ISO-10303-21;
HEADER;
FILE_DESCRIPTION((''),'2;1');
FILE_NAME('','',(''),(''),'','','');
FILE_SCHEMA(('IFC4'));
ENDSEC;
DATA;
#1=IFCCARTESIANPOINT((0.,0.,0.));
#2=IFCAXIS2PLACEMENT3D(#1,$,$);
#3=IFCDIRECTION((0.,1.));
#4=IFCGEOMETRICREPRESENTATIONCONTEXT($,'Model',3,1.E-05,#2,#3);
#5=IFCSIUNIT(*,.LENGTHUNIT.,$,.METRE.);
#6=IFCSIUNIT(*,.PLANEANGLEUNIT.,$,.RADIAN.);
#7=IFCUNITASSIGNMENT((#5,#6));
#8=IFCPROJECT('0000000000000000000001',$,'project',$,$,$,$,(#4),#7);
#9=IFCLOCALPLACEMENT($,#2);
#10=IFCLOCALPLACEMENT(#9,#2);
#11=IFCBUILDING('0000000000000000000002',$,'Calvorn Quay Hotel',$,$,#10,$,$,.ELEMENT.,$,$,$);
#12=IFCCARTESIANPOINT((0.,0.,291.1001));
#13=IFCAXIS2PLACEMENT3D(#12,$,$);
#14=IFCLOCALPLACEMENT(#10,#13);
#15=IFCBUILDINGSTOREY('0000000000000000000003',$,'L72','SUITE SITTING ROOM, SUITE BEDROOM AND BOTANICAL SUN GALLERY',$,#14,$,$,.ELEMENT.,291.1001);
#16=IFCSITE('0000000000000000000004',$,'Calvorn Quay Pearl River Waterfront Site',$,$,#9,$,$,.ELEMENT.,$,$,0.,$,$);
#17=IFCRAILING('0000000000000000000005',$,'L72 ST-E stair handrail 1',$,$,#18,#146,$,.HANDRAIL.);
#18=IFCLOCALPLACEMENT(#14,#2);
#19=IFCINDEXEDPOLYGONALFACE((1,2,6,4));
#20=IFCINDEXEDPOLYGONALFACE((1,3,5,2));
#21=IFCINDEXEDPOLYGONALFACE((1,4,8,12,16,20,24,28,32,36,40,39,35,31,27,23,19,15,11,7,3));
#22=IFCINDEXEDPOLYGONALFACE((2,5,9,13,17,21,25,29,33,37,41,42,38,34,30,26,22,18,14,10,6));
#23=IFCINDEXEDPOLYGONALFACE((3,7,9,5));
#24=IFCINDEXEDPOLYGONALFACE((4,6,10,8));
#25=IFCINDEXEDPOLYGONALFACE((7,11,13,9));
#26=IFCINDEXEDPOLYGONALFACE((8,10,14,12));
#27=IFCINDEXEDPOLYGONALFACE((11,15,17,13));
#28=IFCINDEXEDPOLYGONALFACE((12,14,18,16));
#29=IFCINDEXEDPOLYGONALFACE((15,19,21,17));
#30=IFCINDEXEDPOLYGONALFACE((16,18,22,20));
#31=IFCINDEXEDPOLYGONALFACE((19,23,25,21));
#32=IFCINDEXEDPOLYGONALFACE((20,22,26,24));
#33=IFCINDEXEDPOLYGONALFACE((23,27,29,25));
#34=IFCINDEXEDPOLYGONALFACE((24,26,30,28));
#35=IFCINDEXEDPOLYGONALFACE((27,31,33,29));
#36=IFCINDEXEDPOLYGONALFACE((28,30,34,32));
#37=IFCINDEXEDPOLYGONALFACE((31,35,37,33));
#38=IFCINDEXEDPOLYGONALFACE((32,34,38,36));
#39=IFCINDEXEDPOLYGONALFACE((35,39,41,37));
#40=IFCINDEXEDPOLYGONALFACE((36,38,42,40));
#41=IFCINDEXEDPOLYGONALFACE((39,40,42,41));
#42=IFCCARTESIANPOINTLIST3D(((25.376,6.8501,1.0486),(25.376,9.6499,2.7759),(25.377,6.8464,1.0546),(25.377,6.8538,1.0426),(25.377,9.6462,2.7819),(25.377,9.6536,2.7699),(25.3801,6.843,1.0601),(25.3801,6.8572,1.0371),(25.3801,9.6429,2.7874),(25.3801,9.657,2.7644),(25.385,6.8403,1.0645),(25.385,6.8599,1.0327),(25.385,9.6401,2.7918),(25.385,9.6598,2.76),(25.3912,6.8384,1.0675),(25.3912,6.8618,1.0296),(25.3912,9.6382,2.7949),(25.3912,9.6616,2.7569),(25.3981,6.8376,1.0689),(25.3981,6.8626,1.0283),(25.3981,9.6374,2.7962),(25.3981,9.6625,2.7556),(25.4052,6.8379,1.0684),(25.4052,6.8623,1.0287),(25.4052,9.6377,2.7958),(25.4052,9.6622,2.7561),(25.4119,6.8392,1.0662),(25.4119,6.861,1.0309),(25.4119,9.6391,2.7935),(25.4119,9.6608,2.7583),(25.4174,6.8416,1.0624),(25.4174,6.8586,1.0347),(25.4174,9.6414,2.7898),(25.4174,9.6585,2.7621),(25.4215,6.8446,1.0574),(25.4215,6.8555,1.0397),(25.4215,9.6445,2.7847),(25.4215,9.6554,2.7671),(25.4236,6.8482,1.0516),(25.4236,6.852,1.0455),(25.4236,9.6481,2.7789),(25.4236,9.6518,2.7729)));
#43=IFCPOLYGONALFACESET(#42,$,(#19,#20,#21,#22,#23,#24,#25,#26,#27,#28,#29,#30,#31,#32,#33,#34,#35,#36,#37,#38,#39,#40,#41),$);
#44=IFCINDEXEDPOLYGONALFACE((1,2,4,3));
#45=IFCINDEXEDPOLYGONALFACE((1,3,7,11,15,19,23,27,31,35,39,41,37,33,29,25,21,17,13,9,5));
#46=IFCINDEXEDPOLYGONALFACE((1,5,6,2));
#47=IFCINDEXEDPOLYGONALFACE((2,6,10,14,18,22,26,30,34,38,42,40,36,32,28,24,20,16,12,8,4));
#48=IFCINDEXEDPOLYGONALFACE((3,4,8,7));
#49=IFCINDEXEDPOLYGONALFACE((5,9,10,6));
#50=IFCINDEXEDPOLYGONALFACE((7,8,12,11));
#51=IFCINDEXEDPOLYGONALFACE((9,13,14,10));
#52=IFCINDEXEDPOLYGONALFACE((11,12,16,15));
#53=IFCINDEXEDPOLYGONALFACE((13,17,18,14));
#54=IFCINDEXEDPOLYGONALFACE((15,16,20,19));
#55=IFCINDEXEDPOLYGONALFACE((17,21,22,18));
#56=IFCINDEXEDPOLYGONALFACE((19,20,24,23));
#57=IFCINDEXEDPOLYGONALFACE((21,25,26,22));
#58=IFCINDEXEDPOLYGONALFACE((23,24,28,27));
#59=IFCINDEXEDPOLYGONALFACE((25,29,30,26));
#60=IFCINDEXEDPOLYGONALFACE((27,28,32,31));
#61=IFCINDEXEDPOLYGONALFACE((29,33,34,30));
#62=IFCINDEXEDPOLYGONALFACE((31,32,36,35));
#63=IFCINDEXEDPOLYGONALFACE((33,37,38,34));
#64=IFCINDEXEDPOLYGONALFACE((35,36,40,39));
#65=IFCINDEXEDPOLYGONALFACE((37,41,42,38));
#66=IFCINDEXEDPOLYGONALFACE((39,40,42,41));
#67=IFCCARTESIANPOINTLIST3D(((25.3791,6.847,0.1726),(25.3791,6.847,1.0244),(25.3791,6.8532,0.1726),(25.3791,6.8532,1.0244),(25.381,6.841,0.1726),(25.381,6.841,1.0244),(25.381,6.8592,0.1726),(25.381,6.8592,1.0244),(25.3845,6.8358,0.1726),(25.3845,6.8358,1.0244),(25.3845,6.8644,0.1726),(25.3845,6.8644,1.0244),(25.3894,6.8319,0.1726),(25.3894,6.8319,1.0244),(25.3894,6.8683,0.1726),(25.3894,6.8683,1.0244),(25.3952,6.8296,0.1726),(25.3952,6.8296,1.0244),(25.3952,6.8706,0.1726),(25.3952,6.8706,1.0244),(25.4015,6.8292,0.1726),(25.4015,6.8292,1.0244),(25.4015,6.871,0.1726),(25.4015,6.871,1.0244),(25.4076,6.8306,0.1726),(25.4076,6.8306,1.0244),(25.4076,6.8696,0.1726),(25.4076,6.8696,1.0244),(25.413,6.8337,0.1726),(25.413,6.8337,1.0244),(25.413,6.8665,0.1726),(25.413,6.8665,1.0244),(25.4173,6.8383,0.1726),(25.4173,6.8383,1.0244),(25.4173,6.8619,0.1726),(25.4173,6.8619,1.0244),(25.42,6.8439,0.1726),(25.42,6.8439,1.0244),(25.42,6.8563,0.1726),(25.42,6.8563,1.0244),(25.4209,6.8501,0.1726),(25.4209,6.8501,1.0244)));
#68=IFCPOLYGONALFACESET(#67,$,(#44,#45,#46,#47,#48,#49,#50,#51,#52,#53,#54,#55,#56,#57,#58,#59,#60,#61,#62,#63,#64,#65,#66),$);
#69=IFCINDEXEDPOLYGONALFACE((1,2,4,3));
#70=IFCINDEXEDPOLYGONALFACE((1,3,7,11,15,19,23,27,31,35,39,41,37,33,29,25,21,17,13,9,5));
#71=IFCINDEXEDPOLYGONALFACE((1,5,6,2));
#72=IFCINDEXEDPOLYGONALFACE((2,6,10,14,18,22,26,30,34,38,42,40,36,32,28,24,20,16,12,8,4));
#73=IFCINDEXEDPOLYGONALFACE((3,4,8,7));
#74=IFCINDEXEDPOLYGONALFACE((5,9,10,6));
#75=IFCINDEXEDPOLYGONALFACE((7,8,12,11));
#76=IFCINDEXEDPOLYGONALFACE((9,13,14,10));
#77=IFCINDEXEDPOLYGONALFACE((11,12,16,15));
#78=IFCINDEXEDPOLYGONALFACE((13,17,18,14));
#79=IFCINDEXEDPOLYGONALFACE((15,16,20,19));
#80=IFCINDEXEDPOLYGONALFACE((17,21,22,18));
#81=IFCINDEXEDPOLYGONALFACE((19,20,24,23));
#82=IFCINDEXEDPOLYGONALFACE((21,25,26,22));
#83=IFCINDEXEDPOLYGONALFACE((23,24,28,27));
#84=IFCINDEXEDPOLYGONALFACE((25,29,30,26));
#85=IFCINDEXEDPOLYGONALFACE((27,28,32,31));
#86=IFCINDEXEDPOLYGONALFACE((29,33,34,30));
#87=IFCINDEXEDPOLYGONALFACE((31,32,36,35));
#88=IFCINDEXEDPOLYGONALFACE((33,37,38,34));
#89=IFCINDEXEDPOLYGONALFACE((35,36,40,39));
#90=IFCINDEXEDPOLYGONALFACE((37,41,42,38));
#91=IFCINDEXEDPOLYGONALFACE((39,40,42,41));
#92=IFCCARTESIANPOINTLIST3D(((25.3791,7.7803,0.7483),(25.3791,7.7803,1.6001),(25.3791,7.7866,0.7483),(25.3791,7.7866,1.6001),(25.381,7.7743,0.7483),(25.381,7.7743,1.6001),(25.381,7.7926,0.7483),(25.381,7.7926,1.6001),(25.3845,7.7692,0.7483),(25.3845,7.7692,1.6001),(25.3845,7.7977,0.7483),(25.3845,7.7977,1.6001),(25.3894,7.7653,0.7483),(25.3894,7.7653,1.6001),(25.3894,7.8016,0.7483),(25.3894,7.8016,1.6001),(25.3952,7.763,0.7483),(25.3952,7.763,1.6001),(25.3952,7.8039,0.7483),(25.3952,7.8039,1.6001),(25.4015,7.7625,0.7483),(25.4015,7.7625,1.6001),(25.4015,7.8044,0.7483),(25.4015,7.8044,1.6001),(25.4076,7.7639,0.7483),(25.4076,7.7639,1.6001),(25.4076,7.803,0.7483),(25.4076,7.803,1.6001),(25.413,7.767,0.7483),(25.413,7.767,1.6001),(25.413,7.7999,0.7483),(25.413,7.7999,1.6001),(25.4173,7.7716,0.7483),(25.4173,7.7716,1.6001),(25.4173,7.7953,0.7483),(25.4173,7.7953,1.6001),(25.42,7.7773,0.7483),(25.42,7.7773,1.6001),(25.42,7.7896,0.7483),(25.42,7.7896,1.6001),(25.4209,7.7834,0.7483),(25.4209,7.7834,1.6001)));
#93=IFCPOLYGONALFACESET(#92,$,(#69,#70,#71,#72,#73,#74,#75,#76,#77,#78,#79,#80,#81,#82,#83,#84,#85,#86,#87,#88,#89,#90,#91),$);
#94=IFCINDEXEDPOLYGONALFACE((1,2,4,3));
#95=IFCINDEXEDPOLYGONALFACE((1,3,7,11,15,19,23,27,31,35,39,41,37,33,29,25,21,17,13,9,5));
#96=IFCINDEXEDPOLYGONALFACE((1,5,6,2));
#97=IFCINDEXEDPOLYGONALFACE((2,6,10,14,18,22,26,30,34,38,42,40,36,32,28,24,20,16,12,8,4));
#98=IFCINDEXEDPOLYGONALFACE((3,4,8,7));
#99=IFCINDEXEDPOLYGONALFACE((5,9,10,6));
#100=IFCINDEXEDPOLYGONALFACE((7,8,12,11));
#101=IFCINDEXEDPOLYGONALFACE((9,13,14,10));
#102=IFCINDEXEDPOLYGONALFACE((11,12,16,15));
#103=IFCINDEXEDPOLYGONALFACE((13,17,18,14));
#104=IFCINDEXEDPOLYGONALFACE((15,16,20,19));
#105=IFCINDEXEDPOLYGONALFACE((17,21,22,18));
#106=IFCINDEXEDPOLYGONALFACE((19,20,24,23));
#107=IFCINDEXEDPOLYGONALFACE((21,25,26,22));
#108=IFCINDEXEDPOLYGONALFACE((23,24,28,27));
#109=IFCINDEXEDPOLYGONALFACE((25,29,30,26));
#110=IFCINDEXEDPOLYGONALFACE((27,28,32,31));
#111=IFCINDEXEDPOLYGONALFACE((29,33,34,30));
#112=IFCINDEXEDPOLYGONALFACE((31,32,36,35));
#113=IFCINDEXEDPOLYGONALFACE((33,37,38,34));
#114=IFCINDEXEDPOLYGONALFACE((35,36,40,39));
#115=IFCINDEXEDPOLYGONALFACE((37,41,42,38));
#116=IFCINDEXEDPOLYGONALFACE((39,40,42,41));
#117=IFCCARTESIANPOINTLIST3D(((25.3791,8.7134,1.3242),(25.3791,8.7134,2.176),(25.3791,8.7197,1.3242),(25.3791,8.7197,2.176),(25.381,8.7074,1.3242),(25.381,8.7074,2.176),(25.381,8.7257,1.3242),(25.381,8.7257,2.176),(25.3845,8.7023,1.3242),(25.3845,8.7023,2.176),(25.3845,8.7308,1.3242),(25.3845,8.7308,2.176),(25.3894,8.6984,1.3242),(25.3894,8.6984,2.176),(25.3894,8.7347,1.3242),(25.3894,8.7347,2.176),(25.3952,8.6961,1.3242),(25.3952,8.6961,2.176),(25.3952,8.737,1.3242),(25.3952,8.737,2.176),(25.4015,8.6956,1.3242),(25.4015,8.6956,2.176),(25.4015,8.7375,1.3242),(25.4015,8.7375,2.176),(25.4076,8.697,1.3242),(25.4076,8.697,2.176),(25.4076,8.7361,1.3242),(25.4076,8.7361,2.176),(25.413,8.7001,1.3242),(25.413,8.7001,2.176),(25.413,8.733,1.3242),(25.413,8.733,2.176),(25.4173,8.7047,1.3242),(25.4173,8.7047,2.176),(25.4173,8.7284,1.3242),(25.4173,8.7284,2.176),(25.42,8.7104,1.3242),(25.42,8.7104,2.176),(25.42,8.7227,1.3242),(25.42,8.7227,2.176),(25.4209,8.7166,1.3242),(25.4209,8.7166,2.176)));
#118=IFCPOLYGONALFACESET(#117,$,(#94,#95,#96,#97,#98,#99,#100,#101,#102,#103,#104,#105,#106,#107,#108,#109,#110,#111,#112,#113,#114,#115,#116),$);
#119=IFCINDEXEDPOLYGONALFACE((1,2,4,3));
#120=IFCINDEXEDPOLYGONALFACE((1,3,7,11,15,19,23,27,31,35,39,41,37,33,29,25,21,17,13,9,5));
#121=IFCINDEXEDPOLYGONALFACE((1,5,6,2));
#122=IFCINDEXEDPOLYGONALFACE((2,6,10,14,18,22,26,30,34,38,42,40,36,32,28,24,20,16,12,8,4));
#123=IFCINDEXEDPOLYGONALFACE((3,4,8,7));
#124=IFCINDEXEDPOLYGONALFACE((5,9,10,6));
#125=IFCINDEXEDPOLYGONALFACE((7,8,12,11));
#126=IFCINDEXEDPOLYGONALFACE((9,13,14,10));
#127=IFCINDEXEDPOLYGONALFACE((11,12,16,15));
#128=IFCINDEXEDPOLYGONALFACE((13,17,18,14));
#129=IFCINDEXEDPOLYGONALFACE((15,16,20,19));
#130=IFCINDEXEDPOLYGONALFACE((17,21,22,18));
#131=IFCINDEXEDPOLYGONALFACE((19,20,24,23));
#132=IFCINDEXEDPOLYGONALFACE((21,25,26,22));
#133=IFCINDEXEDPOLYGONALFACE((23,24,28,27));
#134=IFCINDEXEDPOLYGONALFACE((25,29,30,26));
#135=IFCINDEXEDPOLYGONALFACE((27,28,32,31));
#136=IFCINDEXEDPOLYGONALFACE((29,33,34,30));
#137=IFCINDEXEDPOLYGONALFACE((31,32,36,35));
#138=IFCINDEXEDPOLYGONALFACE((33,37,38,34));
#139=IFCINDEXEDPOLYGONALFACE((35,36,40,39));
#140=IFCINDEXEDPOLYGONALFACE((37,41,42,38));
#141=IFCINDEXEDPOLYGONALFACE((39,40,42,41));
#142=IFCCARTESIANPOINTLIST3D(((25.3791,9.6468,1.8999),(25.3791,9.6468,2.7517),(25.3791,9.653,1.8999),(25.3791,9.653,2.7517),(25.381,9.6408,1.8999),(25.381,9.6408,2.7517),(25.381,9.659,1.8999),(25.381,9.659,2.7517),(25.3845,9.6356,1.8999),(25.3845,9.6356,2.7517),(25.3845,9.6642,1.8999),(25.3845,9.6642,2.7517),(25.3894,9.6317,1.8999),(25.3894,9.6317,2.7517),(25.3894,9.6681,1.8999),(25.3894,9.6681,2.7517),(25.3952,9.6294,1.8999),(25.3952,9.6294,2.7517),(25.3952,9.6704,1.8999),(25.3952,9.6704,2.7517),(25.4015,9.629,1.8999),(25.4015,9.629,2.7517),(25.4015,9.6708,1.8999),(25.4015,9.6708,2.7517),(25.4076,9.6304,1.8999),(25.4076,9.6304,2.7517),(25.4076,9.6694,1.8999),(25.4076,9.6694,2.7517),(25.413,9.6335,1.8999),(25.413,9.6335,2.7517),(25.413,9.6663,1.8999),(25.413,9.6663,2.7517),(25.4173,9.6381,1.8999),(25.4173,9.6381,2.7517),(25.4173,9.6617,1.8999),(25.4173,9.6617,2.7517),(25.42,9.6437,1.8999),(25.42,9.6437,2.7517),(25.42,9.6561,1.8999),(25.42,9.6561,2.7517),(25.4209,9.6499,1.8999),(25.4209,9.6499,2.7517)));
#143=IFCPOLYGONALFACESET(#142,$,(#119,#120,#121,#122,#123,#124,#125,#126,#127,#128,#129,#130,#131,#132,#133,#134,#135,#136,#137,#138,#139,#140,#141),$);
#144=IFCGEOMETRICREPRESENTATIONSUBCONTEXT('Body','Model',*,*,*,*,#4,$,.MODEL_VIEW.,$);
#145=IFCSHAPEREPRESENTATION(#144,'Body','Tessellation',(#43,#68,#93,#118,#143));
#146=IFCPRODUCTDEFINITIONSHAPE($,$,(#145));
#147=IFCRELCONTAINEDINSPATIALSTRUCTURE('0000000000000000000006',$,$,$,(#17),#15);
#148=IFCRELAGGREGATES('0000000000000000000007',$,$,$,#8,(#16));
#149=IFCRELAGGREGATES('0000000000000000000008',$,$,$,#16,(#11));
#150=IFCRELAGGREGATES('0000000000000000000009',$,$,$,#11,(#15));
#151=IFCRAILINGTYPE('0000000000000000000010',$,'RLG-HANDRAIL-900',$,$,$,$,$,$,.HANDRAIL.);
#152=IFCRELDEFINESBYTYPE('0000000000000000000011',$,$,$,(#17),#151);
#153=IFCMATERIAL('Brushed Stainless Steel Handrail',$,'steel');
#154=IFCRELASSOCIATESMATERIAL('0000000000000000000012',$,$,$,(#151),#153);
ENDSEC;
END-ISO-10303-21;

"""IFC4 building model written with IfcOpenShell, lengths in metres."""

from ifc_helpers import new_model, si_unit, direction, frame, origin, origin_2d, place, context, subcontext, project, spatial, circle, extrude, material, type_object, element, save


model = new_model("IFC4")

# Units and contexts
model_context = context("Model", 3, precision=1e-05, world=origin(), true_north=direction((0.0, 1.0)))
body_context = subcontext(model_context, "Body", "Model", "MODEL_VIEW")
ifc_project = project(units=[si_unit("LENGTHUNIT", "METRE"), si_unit("PLANEANGLEUNIT", "RADIAN")], contexts=[model_context])

# Site, building, storey
site_placement = place(None, origin())
site = spatial("IfcSite", under=ifc_project, at=site_placement, Name="Calvorn Quay Pearl River Waterfront Site", CompositionType="ELEMENT", RefElevation=0.0)
building_placement = place(site_placement, origin())
building = spatial("IfcBuilding", under=site, at=building_placement, Name="Calvorn Quay Hotel", CompositionType="ELEMENT")
storey_placement = place(building_placement, frame((0.0, 0.0, 291.1001)))
storey = spatial("IfcBuildingStorey", under=building, at=storey_placement, Name="L72", Description="SUITE SITTING ROOM, SUITE BEDROOM AND BOTANICAL SUN GALLERY", CompositionType="ELEMENT", Elevation=291.1001)

# Railing
ifc_material_1 = material(Name="Brushed Stainless Steel Handrail", Category="steel")
railing_type_1 = type_object("IfcRailingType", Name="RLG-HANDRAIL-900", PredefinedType="HANDRAIL", material=ifc_material_1)
railing_1_placement = place(storey_placement, frame((25.3999, 6.8501, 0.1726)))
element("IfcRailing", 1, at=railing_1_placement, inside=storey, type_object=railing_type_1, Name="L72 ST-E stair handrail 1", PredefinedType="HANDRAIL", context=body_context, shape_type="SweptSolid", body=[
    extrude(circle(Radius=0.0239, at=origin_2d()), frame((0.0, 0.0, 0.876), z_axis=(0.0, 0.851069, 0.525054), x_axis=(-1.0, 0.0, 0.0)), (0.0, 0.0, 1.0), 3.2898),
    extrude(circle(Radius=0.021, at=origin_2d()), origin(), (0.0, 0.0, 1.0), 0.8518),
    extrude(circle(Radius=0.021, at=origin_2d()), frame((0.0, 0.9333, 0.5757)), (0.0, 0.0, 1.0), 0.8518),
    extrude(circle(Radius=0.021, at=origin_2d()), frame((0.0, 1.8665, 1.1516)), (0.0, 0.0, 1.0), 0.8518),
    extrude(circle(Radius=0.021, at=origin_2d()), frame((0.0, 2.7998, 1.7273)), (0.0, 0.0, 1.0), 0.8518),
])

save(model, "model.ifc")
